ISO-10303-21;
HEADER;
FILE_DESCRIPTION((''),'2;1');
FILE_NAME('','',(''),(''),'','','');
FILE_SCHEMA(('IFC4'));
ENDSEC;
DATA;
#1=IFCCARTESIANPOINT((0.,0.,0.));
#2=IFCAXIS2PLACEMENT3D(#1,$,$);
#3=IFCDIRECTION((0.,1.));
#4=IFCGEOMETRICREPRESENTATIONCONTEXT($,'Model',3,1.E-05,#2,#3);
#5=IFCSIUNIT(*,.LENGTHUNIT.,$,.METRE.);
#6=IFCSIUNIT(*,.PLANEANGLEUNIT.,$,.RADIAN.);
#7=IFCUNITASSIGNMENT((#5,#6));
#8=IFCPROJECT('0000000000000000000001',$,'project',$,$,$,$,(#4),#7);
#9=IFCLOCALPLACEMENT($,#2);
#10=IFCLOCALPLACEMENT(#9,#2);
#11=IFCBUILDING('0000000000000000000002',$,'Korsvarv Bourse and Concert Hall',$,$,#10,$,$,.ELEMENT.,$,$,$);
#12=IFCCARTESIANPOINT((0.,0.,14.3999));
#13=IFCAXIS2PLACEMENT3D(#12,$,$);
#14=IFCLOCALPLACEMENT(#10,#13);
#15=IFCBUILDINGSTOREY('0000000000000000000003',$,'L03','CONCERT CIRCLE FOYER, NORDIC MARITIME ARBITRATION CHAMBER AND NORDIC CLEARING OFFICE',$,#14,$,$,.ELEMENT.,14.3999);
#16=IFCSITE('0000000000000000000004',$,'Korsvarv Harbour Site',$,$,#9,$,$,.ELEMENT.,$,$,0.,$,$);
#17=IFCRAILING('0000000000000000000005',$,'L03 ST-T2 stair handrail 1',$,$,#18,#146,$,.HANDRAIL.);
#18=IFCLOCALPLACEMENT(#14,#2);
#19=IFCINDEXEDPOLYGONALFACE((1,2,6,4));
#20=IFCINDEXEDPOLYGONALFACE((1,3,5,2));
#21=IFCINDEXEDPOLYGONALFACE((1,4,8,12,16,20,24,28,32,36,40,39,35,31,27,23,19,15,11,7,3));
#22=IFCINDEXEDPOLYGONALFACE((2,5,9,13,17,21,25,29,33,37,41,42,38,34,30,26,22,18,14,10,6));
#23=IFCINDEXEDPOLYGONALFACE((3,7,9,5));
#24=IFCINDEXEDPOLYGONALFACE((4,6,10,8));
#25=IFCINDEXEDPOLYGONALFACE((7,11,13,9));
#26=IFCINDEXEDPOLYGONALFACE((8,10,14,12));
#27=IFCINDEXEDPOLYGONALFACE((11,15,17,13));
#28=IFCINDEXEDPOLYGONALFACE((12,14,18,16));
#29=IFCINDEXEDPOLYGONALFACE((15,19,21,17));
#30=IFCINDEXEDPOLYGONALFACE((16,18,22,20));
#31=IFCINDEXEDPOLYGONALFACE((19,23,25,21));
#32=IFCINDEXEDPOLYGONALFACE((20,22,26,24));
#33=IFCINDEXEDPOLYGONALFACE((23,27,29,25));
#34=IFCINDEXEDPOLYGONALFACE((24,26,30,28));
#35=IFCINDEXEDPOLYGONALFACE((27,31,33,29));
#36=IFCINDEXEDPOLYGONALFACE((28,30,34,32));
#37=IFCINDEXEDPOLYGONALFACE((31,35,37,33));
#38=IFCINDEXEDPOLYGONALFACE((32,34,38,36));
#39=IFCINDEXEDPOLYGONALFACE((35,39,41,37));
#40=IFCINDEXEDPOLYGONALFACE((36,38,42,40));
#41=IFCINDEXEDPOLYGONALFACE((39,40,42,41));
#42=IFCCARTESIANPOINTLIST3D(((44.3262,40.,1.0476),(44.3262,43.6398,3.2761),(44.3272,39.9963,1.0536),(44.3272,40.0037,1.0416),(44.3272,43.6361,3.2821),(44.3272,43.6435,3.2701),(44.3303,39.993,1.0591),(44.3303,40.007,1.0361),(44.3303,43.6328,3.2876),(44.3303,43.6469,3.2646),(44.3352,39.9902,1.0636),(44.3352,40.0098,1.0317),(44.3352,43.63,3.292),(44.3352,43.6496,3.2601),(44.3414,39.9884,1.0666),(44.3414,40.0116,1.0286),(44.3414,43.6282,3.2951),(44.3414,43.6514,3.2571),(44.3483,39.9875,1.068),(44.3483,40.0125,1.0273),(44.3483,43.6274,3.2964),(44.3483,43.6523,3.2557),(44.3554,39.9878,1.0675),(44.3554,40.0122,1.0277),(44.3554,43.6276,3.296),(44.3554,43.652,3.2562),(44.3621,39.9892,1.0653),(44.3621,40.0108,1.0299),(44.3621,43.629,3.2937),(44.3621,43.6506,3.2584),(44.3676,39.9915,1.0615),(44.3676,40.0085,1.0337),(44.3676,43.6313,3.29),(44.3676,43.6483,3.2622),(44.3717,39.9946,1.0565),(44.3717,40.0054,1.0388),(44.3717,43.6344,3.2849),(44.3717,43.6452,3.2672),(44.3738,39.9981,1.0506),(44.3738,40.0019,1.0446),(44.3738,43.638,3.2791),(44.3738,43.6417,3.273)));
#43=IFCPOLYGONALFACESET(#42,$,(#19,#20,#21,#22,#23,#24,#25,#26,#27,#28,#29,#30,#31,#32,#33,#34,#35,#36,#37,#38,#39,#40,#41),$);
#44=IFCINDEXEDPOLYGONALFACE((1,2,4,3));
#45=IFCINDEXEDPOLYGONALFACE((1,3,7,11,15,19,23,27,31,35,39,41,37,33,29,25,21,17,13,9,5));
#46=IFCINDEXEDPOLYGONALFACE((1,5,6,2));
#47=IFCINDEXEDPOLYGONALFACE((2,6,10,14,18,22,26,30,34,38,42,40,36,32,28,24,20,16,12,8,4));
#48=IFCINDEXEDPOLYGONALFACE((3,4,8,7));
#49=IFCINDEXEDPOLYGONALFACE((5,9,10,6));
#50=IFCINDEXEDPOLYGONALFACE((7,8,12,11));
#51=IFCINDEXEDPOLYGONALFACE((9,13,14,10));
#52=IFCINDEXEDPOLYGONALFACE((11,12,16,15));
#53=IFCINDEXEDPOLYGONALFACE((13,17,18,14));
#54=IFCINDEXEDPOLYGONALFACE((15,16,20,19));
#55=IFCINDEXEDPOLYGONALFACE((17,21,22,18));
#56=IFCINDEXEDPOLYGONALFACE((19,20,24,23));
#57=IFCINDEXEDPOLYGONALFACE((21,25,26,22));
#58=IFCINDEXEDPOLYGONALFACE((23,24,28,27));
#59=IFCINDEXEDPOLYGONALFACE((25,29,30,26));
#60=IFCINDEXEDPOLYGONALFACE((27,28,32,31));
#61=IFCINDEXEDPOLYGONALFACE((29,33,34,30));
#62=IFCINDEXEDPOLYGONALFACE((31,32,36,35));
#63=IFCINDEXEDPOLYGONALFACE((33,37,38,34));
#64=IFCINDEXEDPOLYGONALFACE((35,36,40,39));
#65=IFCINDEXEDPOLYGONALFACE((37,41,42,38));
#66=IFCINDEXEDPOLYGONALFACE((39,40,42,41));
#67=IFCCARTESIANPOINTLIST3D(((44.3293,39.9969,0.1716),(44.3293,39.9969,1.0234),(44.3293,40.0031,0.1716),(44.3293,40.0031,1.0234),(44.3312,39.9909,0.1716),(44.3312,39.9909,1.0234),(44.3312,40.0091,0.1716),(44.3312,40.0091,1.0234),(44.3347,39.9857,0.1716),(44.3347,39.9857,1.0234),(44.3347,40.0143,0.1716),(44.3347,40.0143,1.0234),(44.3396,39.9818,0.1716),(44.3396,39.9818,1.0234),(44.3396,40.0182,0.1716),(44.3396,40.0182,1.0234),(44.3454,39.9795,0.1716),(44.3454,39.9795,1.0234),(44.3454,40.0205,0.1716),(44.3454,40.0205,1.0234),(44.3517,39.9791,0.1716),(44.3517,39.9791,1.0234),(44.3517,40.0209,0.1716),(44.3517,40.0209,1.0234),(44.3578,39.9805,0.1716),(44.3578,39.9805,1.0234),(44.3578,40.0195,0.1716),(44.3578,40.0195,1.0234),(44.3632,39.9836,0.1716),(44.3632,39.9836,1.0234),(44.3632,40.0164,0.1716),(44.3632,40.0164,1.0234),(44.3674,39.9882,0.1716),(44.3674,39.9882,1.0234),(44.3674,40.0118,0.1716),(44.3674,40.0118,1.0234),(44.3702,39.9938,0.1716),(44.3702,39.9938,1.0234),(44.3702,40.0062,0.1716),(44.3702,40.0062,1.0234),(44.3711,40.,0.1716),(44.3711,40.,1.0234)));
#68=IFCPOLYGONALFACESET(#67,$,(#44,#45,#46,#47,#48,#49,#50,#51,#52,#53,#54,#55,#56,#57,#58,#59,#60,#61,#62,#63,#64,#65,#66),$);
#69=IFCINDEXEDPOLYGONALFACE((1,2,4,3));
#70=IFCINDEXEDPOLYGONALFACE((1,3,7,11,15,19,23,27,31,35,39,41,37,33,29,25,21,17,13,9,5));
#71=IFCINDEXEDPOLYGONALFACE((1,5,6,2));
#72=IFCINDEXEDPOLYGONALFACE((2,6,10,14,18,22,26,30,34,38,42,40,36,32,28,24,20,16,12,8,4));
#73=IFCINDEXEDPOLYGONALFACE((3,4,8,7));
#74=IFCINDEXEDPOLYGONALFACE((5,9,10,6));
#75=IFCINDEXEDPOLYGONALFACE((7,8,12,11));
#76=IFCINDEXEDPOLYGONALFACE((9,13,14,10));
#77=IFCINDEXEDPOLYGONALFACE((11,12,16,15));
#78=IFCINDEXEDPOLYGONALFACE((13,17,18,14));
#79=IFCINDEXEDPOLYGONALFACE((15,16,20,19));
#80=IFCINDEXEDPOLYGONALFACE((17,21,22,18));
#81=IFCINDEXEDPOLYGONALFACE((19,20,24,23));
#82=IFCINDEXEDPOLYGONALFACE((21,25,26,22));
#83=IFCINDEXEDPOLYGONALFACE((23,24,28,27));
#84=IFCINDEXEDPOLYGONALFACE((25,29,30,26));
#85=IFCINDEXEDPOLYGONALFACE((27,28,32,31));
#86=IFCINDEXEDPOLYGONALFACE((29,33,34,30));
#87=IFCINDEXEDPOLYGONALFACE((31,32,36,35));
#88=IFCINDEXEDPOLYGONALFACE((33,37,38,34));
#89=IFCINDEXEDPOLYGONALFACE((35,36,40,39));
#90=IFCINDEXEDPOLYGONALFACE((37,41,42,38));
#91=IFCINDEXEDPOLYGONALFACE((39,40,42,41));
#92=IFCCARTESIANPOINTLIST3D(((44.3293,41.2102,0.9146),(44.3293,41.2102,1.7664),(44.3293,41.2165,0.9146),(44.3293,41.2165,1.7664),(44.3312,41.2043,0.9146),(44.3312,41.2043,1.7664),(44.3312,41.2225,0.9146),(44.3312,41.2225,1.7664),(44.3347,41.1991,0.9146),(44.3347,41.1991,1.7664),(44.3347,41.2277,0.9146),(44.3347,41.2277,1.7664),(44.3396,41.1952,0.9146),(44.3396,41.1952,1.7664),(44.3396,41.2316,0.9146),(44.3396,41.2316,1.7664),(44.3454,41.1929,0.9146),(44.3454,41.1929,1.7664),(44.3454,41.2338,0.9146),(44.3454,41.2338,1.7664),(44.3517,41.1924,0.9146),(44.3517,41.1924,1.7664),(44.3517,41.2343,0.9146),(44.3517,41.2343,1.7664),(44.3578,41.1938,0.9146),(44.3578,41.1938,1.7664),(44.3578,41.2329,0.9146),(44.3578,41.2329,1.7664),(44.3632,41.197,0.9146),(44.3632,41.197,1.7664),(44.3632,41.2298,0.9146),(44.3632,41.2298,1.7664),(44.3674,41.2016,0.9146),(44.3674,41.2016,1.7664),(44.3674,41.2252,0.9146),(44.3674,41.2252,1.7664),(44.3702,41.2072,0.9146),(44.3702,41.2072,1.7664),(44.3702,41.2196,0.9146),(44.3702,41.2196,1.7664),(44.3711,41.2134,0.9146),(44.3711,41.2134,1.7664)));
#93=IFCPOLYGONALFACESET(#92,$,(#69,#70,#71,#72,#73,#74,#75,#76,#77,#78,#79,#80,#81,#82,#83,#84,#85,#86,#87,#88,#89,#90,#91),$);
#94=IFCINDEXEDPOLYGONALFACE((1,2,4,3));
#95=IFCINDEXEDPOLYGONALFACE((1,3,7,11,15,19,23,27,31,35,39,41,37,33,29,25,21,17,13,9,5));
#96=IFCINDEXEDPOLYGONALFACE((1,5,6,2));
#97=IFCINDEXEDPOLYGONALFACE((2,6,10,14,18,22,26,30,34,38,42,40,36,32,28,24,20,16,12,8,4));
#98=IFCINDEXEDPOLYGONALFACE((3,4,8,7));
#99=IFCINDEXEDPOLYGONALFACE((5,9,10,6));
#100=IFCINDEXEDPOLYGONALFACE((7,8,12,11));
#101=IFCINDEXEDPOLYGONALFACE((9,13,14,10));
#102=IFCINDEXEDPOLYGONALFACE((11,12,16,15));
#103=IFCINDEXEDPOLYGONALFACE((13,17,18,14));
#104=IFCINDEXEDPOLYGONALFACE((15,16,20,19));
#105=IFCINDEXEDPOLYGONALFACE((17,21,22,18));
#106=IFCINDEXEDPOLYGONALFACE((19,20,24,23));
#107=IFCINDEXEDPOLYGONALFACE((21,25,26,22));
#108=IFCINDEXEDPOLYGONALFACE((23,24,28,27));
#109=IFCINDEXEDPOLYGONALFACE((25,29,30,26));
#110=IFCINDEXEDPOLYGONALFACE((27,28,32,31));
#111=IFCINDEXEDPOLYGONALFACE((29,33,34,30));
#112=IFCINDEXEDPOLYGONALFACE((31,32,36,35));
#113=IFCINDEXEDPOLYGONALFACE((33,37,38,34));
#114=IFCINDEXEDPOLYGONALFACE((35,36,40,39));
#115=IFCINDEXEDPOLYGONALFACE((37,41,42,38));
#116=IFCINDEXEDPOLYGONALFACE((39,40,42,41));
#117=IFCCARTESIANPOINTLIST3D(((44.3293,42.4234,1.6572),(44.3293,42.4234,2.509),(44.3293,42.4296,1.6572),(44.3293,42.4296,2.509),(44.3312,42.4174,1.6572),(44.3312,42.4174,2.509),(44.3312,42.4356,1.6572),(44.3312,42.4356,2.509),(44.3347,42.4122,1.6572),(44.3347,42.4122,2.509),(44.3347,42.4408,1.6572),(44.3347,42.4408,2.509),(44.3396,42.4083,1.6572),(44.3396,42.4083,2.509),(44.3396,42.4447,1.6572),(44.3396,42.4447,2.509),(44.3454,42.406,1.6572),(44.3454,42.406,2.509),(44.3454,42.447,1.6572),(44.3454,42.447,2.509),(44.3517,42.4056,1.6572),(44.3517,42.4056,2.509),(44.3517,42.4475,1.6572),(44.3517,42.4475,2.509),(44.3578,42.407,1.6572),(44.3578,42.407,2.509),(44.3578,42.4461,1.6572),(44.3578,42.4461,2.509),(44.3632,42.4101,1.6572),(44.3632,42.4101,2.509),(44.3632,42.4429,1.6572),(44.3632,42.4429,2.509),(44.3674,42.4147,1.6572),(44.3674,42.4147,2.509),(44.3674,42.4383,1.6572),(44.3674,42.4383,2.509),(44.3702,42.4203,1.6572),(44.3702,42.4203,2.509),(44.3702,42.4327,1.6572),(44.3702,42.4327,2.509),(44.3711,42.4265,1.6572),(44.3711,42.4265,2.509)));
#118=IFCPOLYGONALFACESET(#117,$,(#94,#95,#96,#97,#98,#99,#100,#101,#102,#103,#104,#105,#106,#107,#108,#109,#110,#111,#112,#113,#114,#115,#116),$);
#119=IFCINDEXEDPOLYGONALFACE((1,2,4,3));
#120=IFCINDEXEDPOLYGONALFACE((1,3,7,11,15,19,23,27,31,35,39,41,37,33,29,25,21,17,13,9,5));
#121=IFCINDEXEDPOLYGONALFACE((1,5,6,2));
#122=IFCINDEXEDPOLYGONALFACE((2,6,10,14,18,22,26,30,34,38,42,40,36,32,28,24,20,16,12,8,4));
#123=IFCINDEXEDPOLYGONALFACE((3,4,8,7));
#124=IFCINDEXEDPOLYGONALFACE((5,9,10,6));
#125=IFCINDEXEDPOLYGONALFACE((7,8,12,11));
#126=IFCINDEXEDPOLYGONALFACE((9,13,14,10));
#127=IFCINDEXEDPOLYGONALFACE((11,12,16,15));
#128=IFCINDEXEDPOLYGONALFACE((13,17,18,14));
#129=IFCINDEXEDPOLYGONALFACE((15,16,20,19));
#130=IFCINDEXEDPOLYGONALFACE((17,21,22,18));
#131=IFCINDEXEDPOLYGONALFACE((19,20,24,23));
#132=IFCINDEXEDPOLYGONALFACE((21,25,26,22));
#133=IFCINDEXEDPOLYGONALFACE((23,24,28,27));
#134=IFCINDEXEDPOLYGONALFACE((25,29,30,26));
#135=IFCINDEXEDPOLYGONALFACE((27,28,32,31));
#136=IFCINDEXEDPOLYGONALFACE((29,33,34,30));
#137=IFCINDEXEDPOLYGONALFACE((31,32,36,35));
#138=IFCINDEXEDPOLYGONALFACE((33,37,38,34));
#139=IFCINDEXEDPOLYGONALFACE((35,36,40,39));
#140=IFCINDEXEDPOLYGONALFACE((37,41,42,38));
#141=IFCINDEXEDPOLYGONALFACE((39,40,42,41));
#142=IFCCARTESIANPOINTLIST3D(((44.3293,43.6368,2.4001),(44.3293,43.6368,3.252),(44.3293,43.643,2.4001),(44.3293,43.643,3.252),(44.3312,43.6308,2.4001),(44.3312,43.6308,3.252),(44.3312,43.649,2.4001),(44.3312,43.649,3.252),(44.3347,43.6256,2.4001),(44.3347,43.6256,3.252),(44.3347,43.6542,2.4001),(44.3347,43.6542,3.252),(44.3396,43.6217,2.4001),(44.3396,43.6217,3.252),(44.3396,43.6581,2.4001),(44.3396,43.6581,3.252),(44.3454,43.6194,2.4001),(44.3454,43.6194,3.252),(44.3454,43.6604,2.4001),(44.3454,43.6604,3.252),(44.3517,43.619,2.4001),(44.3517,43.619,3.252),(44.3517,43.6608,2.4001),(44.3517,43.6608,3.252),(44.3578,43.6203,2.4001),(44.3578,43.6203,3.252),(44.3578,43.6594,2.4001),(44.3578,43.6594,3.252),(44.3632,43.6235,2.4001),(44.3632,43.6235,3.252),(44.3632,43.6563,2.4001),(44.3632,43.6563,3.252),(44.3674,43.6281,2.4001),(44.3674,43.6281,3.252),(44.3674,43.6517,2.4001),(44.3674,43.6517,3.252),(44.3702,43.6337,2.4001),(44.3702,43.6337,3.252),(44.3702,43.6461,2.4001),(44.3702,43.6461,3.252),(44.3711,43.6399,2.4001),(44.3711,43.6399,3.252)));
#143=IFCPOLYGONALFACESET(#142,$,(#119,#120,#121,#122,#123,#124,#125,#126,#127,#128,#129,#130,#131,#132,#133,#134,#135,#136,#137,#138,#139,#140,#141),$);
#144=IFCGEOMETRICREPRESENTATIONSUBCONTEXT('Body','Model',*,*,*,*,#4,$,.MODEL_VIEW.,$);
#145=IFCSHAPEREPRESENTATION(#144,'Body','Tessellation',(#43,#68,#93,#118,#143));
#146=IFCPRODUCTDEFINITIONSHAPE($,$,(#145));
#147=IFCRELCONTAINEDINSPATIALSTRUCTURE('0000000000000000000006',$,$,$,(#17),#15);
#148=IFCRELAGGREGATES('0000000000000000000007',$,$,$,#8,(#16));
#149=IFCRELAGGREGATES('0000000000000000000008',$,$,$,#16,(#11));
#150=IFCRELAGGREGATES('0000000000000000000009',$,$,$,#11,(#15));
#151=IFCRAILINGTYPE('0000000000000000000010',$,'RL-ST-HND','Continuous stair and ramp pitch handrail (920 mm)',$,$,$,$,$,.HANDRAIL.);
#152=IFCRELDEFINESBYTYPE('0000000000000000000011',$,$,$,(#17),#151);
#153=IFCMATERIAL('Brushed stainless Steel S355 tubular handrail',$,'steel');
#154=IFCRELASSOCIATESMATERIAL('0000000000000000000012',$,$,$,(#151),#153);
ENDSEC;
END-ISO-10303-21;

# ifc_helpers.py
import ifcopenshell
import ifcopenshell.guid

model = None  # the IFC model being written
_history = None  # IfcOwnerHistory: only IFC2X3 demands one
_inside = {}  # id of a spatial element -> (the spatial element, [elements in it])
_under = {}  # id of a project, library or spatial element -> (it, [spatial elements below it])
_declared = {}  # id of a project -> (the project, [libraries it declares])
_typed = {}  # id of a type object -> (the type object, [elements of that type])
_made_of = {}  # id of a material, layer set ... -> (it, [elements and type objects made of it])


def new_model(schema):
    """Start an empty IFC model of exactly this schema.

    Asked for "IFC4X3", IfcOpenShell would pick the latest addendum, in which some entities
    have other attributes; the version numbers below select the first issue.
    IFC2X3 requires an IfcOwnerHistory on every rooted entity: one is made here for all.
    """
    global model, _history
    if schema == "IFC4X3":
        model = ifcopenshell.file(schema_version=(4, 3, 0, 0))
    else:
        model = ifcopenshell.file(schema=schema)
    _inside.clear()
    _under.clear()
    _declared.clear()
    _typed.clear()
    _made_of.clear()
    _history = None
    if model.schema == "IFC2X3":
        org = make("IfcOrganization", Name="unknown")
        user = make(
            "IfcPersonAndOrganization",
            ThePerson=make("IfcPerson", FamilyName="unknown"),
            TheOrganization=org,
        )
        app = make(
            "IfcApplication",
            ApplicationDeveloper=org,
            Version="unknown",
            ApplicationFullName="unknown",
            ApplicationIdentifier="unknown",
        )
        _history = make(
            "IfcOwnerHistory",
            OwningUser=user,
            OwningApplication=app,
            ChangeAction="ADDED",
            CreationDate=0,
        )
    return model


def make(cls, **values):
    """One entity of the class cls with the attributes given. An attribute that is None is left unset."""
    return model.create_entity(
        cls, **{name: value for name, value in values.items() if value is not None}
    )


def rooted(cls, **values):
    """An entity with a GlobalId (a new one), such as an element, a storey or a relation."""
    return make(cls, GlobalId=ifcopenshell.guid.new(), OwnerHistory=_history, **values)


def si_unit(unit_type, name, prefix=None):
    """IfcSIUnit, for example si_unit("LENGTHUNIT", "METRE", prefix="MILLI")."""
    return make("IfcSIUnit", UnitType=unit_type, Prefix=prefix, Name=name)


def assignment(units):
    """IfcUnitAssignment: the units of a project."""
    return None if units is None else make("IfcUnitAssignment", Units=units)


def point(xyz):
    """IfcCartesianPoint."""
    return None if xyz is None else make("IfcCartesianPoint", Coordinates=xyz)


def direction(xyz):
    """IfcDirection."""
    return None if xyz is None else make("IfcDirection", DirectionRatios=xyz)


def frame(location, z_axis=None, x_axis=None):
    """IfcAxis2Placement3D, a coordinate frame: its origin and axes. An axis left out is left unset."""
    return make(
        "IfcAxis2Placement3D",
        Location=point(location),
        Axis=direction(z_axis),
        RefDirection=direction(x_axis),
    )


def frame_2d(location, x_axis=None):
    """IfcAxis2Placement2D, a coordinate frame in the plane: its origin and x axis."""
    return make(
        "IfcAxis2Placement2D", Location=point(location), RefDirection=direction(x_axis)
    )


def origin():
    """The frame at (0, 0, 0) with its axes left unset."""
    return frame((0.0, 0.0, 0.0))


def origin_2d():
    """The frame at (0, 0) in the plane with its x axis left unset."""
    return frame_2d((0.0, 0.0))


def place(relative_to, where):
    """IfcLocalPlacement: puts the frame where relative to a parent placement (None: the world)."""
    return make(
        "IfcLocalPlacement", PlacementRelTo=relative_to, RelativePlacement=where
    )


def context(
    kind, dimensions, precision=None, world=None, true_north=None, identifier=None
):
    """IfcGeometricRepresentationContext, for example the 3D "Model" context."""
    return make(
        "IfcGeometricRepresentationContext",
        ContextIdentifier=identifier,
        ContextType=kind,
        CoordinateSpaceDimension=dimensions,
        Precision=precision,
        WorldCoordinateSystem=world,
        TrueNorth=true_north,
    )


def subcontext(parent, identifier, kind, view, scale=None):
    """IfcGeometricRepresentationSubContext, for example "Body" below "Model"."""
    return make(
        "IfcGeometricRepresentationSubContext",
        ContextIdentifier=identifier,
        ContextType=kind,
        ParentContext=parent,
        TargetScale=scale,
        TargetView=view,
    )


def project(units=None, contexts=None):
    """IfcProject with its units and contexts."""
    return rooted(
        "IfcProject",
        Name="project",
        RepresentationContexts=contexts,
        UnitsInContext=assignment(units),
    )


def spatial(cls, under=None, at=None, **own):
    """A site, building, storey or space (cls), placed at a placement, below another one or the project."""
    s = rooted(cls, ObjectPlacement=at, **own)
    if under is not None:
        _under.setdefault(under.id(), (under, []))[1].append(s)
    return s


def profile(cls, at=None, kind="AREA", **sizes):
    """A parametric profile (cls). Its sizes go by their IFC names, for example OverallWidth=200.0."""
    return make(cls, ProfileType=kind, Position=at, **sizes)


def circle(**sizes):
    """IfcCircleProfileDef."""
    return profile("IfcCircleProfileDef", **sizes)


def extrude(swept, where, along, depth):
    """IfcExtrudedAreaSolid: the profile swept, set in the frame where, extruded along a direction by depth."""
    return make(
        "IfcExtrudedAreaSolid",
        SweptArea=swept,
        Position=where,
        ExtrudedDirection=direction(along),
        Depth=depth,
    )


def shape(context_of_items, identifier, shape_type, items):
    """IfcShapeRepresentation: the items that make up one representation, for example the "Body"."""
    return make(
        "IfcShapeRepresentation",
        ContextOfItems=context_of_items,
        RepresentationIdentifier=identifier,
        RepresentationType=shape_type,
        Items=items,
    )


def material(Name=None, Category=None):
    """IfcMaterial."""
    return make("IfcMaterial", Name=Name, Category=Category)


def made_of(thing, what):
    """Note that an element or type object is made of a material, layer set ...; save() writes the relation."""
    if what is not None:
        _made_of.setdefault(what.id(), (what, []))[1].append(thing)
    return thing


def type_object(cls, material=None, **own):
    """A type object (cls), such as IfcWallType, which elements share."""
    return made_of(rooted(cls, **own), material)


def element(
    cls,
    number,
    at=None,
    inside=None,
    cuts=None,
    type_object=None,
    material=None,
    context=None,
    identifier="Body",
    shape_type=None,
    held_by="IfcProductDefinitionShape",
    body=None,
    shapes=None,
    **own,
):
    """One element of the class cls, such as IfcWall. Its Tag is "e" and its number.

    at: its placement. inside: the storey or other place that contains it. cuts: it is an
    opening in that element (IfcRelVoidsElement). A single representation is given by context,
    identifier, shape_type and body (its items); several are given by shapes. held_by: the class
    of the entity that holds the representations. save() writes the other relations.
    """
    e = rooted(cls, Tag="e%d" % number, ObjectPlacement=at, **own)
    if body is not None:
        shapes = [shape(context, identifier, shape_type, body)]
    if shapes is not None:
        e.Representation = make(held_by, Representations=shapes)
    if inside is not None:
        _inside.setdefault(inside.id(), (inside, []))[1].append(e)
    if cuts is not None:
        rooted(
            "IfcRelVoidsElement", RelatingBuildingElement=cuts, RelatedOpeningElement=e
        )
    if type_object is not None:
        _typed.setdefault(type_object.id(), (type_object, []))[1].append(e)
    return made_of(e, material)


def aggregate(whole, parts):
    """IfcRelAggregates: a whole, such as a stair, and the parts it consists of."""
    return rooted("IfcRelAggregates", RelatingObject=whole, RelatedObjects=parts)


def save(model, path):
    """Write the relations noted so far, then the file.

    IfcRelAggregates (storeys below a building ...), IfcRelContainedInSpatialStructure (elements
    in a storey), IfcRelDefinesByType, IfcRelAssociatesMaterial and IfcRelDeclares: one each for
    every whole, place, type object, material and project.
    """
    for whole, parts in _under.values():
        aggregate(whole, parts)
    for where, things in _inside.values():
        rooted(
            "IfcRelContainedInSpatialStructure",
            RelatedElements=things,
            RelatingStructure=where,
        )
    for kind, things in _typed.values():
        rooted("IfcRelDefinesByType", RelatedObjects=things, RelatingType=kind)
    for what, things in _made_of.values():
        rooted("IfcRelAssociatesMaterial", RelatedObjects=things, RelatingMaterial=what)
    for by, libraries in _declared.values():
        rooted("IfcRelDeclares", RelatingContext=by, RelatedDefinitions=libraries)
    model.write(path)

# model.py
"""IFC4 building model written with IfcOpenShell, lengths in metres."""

from ifc_helpers import new_model, si_unit, direction, frame, origin, origin_2d, place, context, subcontext, project, spatial, circle, extrude, material, type_object, element, save


model = new_model("IFC4")

# Units and contexts
model_context = context("Model", 3, precision=1e-05, world=origin(), true_north=direction((0.0, 1.0)))
body_context = subcontext(model_context, "Body", "Model", "MODEL_VIEW")
ifc_project = project(units=[si_unit("LENGTHUNIT", "METRE"), si_unit("PLANEANGLEUNIT", "RADIAN")], contexts=[model_context])

# Site, building, storey
site_placement = place(None, origin())
site = spatial("IfcSite", under=ifc_project, at=site_placement, Name="Korsvarv Harbour Site", CompositionType="ELEMENT", RefElevation=0.0)
building_placement = place(site_placement, origin())
building = spatial("IfcBuilding", under=site, at=building_placement, Name="Korsvarv Bourse and Concert Hall", CompositionType="ELEMENT")
storey_placement = place(building_placement, frame((0.0, 0.0, 14.3999)))
storey = spatial("IfcBuildingStorey", under=building, at=storey_placement, Name="L03", Description="CONCERT CIRCLE FOYER, NORDIC MARITIME ARBITRATION CHAMBER AND NORDIC CLEARING OFFICE", CompositionType="ELEMENT", Elevation=14.3999)

# Railing
ifc_material_1 = material(Name="Brushed stainless Steel S355 tubular handrail", Category="steel")
railing_type_1 = type_object("IfcRailingType", Name="RL-ST-HND", Description="Continuous stair and ramp pitch handrail (920 mm)", PredefinedType="HANDRAIL", material=ifc_material_1)
railing_1_placement = place(storey_placement, frame((44.3501, 40.0, 0.1716)))
element("IfcRailing", 1, at=railing_1_placement, inside=storey, type_object=railing_type_1, Name="L03 ST-T2 stair handrail 1", PredefinedType="HANDRAIL", context=body_context, shape_type="SweptSolid", body=[
    extrude(circle(Radius=0.0239, at=origin_2d()), frame((0.0, 0.0, 0.876), z_axis=(0.0, 0.85285, 0.522156), x_axis=(-1.0, 0.0, 0.0)), (0.0, 0.0, 1.0), 4.2678),
    extrude(circle(Radius=0.021, at=origin_2d()), origin(), (0.0, 0.0, 1.0), 0.8518),
    extrude(circle(Radius=0.021, at=origin_2d()), frame((0.0, 1.2134, 0.7429)), (0.0, 0.0, 1.0), 0.8518),
    extrude(circle(Radius=0.021, at=origin_2d()), frame((0.0, 2.4265, 1.4856)), (0.0, 0.0, 1.0), 0.8518),
    extrude(circle(Radius=0.021, at=origin_2d()), frame((0.0, 3.6399, 2.2285)), (0.0, 0.0, 1.0), 0.8518),
])

save(model, "model.ifc")
